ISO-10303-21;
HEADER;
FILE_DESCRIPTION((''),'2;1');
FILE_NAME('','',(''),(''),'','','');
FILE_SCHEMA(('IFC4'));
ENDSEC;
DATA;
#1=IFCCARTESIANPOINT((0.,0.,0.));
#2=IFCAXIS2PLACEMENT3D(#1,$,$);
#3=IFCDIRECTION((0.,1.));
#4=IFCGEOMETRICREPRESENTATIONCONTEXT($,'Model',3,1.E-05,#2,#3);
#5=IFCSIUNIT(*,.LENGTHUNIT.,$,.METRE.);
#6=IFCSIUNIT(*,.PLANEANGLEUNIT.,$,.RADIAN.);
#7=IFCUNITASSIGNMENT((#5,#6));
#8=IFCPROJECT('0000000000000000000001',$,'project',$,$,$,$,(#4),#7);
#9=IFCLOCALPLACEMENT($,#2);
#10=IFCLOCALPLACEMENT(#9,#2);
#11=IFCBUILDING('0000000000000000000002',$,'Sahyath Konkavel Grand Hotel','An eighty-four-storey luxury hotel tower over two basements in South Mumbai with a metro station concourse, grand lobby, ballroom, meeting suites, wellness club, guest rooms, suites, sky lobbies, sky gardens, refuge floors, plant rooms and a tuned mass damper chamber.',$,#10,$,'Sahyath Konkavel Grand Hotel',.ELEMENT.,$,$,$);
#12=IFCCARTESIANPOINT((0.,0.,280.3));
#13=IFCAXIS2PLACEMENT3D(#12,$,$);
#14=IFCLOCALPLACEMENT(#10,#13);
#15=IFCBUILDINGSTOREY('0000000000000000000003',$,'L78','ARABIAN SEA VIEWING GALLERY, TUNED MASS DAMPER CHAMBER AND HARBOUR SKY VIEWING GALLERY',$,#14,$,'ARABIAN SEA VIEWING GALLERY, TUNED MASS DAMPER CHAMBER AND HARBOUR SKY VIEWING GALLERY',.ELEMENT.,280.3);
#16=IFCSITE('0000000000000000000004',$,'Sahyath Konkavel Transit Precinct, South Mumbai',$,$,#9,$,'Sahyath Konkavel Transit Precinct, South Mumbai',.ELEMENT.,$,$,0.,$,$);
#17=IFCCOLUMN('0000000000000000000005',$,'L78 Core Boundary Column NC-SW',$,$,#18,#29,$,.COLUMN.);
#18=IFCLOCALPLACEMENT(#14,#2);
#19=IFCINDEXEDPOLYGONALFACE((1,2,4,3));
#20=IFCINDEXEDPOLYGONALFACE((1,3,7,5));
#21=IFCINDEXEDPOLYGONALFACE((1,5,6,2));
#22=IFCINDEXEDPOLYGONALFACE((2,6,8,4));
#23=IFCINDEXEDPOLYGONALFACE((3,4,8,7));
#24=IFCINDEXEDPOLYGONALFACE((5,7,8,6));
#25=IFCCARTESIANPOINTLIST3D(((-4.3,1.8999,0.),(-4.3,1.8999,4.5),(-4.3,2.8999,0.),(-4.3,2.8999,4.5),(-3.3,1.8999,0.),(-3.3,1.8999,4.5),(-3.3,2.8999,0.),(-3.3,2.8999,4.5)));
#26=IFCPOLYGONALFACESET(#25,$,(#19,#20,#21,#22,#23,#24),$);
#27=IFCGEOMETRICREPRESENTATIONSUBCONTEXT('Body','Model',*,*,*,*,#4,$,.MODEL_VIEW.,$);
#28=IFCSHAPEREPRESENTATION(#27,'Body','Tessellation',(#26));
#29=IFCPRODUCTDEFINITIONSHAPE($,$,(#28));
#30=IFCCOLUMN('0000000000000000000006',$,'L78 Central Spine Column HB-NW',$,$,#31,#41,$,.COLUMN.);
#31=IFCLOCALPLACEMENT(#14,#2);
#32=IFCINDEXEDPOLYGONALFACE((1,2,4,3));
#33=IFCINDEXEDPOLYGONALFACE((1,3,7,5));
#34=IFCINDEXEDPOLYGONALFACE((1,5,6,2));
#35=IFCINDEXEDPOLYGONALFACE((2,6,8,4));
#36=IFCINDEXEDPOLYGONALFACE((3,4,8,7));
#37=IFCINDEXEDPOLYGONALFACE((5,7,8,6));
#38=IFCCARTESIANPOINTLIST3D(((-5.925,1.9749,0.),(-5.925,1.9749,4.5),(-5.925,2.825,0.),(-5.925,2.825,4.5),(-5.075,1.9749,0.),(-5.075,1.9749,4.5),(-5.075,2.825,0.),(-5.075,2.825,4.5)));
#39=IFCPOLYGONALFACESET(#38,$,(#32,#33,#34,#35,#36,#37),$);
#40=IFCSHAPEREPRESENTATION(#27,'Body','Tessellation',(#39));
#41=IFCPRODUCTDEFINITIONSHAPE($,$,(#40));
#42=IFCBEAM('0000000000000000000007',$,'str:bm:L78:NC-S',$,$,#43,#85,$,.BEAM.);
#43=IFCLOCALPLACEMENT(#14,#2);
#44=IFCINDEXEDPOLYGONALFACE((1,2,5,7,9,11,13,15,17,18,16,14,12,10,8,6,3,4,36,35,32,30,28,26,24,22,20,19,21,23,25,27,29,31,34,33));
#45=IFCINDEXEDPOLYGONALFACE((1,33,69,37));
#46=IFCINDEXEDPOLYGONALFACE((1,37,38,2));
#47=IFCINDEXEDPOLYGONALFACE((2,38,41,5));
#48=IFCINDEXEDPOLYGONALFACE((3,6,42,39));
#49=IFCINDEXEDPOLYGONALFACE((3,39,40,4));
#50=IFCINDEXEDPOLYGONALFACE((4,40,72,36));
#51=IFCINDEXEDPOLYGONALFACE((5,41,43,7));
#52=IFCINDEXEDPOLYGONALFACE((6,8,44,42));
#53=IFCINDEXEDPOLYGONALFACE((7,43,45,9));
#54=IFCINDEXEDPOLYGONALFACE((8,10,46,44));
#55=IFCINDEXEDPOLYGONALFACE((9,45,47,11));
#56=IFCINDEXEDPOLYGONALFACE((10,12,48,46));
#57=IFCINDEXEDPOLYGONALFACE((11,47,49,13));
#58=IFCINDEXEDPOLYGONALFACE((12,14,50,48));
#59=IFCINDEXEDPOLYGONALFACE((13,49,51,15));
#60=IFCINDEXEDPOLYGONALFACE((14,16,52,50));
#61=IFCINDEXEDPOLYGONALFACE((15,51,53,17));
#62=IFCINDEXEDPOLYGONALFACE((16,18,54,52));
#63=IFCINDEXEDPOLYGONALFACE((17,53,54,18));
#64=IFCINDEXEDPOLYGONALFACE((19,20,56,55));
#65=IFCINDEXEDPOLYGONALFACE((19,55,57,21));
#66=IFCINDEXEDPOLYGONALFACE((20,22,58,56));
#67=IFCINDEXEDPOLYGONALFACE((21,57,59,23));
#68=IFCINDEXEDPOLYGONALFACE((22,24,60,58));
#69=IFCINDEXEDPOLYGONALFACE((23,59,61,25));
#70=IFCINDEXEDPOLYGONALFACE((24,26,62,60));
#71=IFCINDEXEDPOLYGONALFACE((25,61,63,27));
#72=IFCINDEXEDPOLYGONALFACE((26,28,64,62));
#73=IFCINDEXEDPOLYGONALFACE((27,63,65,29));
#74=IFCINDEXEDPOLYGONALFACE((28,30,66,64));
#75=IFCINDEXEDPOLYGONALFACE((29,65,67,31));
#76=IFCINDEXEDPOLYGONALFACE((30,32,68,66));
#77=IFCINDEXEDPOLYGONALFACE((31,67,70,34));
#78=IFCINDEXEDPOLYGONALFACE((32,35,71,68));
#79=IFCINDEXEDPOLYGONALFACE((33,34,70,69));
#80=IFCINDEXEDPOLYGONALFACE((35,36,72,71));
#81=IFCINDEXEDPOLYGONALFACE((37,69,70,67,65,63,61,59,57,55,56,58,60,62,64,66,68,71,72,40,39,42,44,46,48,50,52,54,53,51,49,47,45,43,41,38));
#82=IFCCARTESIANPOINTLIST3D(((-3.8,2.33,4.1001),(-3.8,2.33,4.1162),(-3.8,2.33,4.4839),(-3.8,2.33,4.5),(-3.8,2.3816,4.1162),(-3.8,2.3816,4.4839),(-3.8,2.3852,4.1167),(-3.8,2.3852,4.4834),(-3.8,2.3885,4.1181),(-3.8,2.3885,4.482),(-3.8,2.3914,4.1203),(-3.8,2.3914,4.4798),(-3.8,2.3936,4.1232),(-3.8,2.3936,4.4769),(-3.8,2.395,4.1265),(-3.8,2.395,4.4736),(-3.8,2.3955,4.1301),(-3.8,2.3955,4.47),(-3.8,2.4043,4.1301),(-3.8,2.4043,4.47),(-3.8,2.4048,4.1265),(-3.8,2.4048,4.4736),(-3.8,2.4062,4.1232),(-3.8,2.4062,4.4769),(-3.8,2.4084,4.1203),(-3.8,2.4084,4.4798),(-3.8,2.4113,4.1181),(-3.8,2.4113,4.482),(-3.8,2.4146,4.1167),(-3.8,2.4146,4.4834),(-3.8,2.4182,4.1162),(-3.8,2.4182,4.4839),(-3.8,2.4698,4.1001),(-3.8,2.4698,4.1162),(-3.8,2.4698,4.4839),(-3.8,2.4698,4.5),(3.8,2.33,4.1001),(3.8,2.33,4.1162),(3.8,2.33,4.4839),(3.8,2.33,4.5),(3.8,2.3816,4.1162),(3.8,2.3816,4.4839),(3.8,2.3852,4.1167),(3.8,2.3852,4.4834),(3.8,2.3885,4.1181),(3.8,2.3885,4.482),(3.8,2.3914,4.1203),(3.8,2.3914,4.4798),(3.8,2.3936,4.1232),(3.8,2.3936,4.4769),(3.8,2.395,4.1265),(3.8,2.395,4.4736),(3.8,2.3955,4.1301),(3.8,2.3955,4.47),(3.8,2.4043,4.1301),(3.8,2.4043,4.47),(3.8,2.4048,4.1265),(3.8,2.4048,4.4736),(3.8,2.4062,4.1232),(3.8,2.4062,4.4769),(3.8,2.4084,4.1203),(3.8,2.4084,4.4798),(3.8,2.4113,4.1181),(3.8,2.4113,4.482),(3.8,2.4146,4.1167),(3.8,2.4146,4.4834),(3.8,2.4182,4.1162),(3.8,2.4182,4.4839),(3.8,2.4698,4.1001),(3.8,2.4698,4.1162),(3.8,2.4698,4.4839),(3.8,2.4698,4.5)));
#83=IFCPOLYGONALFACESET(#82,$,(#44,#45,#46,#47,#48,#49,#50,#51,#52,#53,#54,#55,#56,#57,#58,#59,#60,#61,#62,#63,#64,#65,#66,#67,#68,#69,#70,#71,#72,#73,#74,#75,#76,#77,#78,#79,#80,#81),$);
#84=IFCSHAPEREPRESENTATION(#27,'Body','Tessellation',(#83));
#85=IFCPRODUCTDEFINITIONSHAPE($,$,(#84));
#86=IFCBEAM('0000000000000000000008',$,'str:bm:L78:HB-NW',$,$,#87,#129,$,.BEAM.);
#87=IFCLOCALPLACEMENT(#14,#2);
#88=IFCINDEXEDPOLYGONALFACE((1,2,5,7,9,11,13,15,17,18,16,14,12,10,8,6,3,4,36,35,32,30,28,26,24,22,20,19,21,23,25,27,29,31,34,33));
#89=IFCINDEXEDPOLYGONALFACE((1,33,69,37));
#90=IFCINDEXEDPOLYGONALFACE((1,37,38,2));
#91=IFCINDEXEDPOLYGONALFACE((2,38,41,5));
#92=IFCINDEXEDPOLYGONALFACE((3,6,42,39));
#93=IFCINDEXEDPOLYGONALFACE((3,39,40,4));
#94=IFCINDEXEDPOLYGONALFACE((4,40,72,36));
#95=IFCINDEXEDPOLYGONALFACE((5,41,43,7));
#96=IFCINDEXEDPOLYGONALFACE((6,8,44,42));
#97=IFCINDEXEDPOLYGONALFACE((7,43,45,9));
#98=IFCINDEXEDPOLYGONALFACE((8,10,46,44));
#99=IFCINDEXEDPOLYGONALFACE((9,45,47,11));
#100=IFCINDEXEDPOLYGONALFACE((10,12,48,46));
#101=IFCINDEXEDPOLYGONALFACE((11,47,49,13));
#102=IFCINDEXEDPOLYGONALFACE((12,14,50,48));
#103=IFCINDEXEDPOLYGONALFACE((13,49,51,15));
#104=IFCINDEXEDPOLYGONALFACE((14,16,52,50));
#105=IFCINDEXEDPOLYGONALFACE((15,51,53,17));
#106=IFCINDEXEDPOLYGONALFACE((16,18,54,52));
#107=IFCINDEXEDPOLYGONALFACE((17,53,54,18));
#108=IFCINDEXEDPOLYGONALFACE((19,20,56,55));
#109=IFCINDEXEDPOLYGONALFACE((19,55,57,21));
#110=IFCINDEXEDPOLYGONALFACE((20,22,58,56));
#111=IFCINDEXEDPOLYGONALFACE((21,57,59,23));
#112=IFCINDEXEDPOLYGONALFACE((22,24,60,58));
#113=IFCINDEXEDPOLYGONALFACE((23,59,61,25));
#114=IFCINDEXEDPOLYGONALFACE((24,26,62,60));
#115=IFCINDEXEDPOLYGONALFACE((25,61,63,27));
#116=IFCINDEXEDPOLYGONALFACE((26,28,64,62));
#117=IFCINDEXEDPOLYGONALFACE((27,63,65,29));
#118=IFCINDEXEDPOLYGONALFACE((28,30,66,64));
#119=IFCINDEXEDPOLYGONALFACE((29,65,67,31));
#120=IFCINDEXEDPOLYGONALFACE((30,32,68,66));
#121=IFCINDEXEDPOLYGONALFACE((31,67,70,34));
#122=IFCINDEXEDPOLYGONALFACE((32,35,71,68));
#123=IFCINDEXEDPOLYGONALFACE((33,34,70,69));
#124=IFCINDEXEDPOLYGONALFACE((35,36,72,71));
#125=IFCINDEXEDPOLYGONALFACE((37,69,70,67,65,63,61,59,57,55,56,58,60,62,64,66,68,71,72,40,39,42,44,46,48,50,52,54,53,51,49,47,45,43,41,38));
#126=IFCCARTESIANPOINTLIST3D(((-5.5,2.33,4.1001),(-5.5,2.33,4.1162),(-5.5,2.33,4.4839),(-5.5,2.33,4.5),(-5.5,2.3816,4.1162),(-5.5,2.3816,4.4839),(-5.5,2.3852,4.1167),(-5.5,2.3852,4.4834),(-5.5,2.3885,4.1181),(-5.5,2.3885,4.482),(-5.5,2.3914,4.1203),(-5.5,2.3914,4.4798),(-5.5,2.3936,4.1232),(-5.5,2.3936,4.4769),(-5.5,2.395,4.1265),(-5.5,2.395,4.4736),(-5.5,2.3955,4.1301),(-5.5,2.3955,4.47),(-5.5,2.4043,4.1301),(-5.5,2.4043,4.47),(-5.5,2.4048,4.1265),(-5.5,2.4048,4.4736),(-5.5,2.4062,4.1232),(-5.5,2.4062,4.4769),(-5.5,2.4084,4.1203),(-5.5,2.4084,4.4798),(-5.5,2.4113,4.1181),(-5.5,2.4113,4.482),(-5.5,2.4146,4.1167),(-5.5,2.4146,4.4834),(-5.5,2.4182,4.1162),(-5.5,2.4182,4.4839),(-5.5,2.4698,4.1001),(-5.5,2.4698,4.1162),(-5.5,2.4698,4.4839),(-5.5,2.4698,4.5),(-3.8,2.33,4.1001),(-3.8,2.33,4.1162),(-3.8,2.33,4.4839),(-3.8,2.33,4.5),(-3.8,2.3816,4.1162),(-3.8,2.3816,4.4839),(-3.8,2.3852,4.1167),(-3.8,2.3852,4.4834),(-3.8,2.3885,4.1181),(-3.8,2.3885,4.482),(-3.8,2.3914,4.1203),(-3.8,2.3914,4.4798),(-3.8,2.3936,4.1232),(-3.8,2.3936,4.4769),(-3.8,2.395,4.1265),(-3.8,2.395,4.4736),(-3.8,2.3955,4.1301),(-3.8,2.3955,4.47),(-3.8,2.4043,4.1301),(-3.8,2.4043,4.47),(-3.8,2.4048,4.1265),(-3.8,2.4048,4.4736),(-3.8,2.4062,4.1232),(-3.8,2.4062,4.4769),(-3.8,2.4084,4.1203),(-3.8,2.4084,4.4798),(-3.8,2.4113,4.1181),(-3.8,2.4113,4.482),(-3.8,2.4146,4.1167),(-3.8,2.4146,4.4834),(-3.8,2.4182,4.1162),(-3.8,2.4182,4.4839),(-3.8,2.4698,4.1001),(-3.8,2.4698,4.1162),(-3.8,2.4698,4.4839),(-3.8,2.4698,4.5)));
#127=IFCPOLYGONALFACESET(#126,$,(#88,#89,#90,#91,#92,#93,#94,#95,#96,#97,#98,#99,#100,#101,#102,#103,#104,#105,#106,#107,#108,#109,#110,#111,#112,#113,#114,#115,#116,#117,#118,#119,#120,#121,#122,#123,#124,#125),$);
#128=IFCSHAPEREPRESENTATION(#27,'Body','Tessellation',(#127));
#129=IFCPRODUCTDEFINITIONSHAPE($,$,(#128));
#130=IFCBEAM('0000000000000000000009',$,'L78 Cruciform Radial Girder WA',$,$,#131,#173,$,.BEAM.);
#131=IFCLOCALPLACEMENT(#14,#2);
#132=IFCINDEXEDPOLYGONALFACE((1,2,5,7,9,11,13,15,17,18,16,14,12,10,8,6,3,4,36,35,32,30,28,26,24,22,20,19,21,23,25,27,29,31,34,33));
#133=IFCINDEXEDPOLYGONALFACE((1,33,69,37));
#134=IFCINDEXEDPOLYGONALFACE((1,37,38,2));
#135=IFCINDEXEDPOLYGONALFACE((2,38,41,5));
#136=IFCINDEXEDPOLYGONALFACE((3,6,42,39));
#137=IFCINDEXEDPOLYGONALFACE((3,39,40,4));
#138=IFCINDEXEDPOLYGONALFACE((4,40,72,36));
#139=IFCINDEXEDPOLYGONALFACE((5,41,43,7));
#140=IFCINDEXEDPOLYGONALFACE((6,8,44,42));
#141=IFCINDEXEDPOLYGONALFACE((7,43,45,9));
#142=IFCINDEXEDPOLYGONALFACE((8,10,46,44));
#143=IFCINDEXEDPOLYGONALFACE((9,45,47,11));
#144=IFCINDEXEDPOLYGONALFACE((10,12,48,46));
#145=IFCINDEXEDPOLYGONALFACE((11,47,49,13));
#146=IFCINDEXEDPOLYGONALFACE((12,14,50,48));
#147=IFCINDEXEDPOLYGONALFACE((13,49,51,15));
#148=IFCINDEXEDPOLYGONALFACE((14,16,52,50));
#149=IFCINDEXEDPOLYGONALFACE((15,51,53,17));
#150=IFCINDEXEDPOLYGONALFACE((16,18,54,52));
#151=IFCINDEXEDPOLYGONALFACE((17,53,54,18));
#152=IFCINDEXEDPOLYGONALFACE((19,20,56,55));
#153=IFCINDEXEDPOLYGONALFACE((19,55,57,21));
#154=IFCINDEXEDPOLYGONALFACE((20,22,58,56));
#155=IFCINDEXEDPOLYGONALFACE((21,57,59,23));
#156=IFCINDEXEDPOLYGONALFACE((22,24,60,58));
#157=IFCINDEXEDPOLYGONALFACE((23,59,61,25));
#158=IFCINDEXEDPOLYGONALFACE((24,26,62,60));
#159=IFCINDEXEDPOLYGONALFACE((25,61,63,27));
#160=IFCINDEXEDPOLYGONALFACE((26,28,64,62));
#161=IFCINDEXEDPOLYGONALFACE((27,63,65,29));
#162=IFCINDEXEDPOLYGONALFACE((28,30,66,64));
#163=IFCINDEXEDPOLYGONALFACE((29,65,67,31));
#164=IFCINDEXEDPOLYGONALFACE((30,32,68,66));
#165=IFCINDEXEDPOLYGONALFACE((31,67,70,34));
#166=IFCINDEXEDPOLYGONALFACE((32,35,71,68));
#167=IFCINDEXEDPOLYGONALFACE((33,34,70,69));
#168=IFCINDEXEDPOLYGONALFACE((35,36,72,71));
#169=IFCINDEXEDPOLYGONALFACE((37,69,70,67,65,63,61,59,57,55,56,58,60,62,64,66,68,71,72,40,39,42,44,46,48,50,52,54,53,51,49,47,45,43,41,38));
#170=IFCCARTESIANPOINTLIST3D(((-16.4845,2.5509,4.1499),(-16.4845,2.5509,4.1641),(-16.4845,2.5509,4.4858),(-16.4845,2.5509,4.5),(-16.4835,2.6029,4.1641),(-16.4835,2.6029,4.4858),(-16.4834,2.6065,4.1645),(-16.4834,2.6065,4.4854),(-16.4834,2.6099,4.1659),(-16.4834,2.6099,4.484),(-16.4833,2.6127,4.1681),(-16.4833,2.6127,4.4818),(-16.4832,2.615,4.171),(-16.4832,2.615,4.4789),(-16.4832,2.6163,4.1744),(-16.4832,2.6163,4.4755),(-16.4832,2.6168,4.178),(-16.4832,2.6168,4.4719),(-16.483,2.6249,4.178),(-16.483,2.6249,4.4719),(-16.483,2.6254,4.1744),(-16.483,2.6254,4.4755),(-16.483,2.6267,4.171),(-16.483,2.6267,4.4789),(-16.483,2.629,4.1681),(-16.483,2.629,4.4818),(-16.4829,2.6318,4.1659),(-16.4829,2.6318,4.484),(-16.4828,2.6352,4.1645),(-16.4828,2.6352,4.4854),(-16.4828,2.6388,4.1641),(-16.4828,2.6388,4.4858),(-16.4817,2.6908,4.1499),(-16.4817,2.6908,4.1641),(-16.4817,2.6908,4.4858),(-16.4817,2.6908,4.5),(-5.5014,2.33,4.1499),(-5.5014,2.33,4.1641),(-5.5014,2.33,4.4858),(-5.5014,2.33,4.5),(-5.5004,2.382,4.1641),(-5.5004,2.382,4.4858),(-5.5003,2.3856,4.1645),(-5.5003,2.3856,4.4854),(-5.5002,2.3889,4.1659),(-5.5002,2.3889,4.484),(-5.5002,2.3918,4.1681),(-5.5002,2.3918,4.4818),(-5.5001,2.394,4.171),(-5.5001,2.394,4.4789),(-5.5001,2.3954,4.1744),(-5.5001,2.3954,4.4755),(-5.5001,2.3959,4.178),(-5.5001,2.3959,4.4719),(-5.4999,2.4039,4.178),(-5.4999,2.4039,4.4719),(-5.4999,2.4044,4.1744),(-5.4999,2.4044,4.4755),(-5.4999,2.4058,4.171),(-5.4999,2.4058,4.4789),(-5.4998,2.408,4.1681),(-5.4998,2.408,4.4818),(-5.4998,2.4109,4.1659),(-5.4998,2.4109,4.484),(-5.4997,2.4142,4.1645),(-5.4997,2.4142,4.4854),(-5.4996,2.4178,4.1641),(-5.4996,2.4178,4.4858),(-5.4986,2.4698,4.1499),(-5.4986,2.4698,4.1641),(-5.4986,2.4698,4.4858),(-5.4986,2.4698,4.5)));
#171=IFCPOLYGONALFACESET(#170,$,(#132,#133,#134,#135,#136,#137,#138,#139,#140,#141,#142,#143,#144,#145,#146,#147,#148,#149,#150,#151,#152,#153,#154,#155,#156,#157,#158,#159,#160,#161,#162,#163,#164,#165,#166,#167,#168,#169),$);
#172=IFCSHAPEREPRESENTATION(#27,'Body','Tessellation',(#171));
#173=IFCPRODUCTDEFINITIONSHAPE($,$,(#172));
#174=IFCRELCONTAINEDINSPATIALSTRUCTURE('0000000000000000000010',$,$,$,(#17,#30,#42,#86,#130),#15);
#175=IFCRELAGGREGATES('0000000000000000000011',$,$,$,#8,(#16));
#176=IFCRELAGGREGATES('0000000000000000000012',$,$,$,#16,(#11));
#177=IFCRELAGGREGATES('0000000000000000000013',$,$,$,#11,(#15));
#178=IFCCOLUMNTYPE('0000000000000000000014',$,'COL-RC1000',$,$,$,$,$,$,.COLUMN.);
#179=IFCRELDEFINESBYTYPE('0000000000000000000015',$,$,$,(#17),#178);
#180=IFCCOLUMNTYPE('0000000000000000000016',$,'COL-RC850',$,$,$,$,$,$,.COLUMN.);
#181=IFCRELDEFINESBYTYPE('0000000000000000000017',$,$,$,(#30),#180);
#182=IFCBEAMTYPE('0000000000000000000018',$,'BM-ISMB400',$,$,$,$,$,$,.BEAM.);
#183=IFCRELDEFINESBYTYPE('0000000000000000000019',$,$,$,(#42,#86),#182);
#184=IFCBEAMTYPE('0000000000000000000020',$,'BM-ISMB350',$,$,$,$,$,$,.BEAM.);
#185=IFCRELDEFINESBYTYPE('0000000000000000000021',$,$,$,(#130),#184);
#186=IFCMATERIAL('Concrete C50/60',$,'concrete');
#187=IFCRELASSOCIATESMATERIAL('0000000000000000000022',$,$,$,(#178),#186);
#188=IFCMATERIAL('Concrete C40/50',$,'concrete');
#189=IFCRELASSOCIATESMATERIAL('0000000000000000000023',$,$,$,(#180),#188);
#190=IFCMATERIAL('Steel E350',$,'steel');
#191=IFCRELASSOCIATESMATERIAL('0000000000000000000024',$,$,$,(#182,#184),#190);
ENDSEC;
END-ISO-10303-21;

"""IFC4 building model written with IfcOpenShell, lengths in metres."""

from ifc_helpers import new_model, si_unit, direction, frame, origin, origin_2d, place, context, subcontext, project, spatial, rectangle, i_section, extrude, source, transform, mapped, material, material_profile, profile_set, type_object, element, save


model = new_model("IFC4")

# Units and contexts
model_context = context("Model", 3, precision=1e-05, world=origin(), true_north=direction((0.0, 1.0)))
body_context = subcontext(model_context, "Body", "Model", "MODEL_VIEW")
ifc_project = project(units=[si_unit("LENGTHUNIT", "METRE"), si_unit("PLANEANGLEUNIT", "RADIAN")], contexts=[model_context])

# Site, building, storey
site_placement = place(None, origin())
site = spatial("IfcSite", under=ifc_project, at=site_placement, Name="Sahyath Konkavel Transit Precinct, South Mumbai", LongName="Sahyath Konkavel Transit Precinct, South Mumbai", CompositionType="ELEMENT", RefElevation=0.0)
building_placement = place(site_placement, origin())
building = spatial("IfcBuilding", under=site, at=building_placement, Name="Sahyath Konkavel Grand Hotel", Description="An eighty-four-storey luxury hotel tower over two basements in South Mumbai with a metro station concourse, grand lobby, ballroom, meeting suites, wellness club, guest rooms, suites, sky lobbies, sky gardens, refuge floors, plant rooms and a tuned mass damper chamber.", LongName="Sahyath Konkavel Grand Hotel", CompositionType="ELEMENT")
storey_placement = place(building_placement, frame((0.0, 0.0, 280.3)))
storey = spatial("IfcBuildingStorey", under=building, at=storey_placement, Name="L78", Description="ARABIAN SEA VIEWING GALLERY, TUNED MASS DAMPER CHAMBER AND HARBOUR SKY VIEWING GALLERY", LongName="ARABIAN SEA VIEWING GALLERY, TUNED MASS DAMPER CHAMBER AND HARBOUR SKY VIEWING GALLERY", CompositionType="ELEMENT", Elevation=280.3)

# Columns
ifc_material_1 = material(Name="Concrete C50/60", Category="concrete")
ifc_material_profile_1 = material_profile(ifc_material_1, rectangle(XDim=1.0, YDim=1.0, at=origin_2d()), Name="RC 1000x1000")
ifc_profile_set_1 = profile_set([ifc_material_profile_1], Name="Concrete C50/60")
column_type_1 = type_object("IfcColumnType", Name="COL-RC1000", PredefinedType="COLUMN", material=ifc_profile_set_1)
shared_shape_1 = source(origin(), body_context, "Body", "SweptSolid", [
    extrude(rectangle(XDim=1.0, YDim=1.0, at=origin_2d()), origin(), (0.0, 0.0, 1.0), 4.5),
])
column_1_placement = place(storey_placement, frame((-3.8, 2.3999, 0.0), z_axis=(0.0, 0.0, 1.0), x_axis=(1.0, 0.0, 0.0)))
element("IfcColumn", 1, at=column_1_placement, inside=storey, type_object=column_type_1, Name="L78 Core Boundary Column NC-SW", PredefinedType="COLUMN", context=body_context, shape_type="MappedRepresentation", body=[
    mapped(shared_shape_1, transform((0.0, 0.0, 0.0), scale=1.0)),
])
ifc_material_2 = material(Name="Concrete C40/50", Category="concrete")
ifc_material_profile_2 = material_profile(ifc_material_2, rectangle(XDim=0.8501, YDim=0.8501, at=origin_2d()), Name="RC 850x850")
ifc_profile_set_2 = profile_set([ifc_material_profile_2], Name="Concrete C40/50")
column_type_2 = type_object("IfcColumnType", Name="COL-RC850", PredefinedType="COLUMN", material=ifc_profile_set_2)
shared_shape_2 = source(origin(), body_context, "Body", "SweptSolid", [
    extrude(rectangle(XDim=0.8501, YDim=0.8501, at=origin_2d()), origin(), (0.0, 0.0, 1.0), 4.5),
])
column_2_placement = place(storey_placement, frame((-5.5, 2.3999, 0.0), z_axis=(0.0, 0.0, 1.0), x_axis=(1.0, 0.0, 0.0)))
element("IfcColumn", 2, at=column_2_placement, inside=storey, type_object=column_type_2, Name="L78 Central Spine Column HB-NW", PredefinedType="COLUMN", context=body_context, shape_type="MappedRepresentation", body=[
    mapped(shared_shape_2, transform((0.0, 0.0, 0.0), scale=1.0)),
])

# Beams
ifc_material_3 = material(Name="Steel E350", Category="steel")
ifc_material_profile_3 = material_profile(ifc_material_3, i_section(OverallWidth=0.1399, OverallDepth=0.3999, WebThickness=0.0088, FlangeThickness=0.0161, FilletRadius=0.0139, at=origin_2d()), Name="ISMB 400")
ifc_profile_set_3 = profile_set([ifc_material_profile_3], Name="Steel E350")
beam_type_1 = type_object("IfcBeamType", Name="BM-ISMB400", PredefinedType="BEAM", material=ifc_profile_set_3)
shared_shape_3 = source(origin(), body_context, "Body", "SweptSolid", [
    extrude(i_section(OverallWidth=0.1399, OverallDepth=0.3999, WebThickness=0.0088, FlangeThickness=0.0161, FilletRadius=0.0139, at=origin_2d()), origin(), (0.0, 0.0, 1.0), 7.6001),
])
beam_1_placement = place(storey_placement, frame((-3.8, 2.3999, 4.3), z_axis=(1.0, 0.0, 0.0), x_axis=(0.0, 1.0, 0.0)))
element("IfcBeam", 3, at=beam_1_placement, inside=storey, type_object=beam_type_1, Name="str:bm:L78:NC-S", PredefinedType="BEAM", context=body_context, shape_type="MappedRepresentation", body=[
    mapped(shared_shape_3, transform((0.0, 0.0, 0.0), scale=1.0)),
])
shared_shape_4 = source(origin(), body_context, "Body", "SweptSolid", [
    extrude(i_section(OverallWidth=0.1399, OverallDepth=0.3999, WebThickness=0.0088, FlangeThickness=0.0161, FilletRadius=0.0139, at=origin_2d()), origin(), (0.0, 0.0, 1.0), 1.7),
])
beam_2_placement = place(storey_placement, frame((-5.5, 2.3999, 4.3), z_axis=(1.0, 0.0, 0.0), x_axis=(0.0, 1.0, 0.0)))
element("IfcBeam", 4, at=beam_2_placement, inside=storey, type_object=beam_type_1, Name="str:bm:L78:HB-NW", PredefinedType="BEAM", context=body_context, shape_type="MappedRepresentation", body=[
    mapped(shared_shape_4, transform((0.0, 0.0, 0.0), scale=1.0)),
])
ifc_material_profile_4 = material_profile(ifc_material_3, i_section(OverallWidth=0.1399, OverallDepth=0.3501, WebThickness=0.0081, FlangeThickness=0.0142, FilletRadius=0.0139, at=origin_2d()), Name="ISMB 350")
ifc_profile_set_4 = profile_set([ifc_material_profile_4], Name="Steel E350")
beam_type_2 = type_object("IfcBeamType", Name="BM-ISMB350", PredefinedType="BEAM", material=ifc_profile_set_4)
shared_shape_5 = source(origin(), body_context, "Body", "SweptSolid", [
    extrude(i_section(OverallWidth=0.1399, OverallDepth=0.3501, WebThickness=0.0081, FlangeThickness=0.0142, FilletRadius=0.0139, at=origin_2d()), origin(), (0.0, 0.0, 1.0), 10.9854),
])
beam_3_placement = place(storey_placement, frame((-5.5, 2.3999, 4.325), z_axis=(-0.999798, 0.020113, 0.0), x_axis=(-0.020113, -0.999798, 0.0)))
element("IfcBeam", 5, at=beam_3_placement, inside=storey, type_object=beam_type_2, Name="L78 Cruciform Radial Girder WA", PredefinedType="BEAM", context=body_context, shape_type="MappedRepresentation", body=[
    mapped(shared_shape_5, transform((0.0, 0.0, 0.0), scale=1.0)),
])

save(model, "model.ifc")
